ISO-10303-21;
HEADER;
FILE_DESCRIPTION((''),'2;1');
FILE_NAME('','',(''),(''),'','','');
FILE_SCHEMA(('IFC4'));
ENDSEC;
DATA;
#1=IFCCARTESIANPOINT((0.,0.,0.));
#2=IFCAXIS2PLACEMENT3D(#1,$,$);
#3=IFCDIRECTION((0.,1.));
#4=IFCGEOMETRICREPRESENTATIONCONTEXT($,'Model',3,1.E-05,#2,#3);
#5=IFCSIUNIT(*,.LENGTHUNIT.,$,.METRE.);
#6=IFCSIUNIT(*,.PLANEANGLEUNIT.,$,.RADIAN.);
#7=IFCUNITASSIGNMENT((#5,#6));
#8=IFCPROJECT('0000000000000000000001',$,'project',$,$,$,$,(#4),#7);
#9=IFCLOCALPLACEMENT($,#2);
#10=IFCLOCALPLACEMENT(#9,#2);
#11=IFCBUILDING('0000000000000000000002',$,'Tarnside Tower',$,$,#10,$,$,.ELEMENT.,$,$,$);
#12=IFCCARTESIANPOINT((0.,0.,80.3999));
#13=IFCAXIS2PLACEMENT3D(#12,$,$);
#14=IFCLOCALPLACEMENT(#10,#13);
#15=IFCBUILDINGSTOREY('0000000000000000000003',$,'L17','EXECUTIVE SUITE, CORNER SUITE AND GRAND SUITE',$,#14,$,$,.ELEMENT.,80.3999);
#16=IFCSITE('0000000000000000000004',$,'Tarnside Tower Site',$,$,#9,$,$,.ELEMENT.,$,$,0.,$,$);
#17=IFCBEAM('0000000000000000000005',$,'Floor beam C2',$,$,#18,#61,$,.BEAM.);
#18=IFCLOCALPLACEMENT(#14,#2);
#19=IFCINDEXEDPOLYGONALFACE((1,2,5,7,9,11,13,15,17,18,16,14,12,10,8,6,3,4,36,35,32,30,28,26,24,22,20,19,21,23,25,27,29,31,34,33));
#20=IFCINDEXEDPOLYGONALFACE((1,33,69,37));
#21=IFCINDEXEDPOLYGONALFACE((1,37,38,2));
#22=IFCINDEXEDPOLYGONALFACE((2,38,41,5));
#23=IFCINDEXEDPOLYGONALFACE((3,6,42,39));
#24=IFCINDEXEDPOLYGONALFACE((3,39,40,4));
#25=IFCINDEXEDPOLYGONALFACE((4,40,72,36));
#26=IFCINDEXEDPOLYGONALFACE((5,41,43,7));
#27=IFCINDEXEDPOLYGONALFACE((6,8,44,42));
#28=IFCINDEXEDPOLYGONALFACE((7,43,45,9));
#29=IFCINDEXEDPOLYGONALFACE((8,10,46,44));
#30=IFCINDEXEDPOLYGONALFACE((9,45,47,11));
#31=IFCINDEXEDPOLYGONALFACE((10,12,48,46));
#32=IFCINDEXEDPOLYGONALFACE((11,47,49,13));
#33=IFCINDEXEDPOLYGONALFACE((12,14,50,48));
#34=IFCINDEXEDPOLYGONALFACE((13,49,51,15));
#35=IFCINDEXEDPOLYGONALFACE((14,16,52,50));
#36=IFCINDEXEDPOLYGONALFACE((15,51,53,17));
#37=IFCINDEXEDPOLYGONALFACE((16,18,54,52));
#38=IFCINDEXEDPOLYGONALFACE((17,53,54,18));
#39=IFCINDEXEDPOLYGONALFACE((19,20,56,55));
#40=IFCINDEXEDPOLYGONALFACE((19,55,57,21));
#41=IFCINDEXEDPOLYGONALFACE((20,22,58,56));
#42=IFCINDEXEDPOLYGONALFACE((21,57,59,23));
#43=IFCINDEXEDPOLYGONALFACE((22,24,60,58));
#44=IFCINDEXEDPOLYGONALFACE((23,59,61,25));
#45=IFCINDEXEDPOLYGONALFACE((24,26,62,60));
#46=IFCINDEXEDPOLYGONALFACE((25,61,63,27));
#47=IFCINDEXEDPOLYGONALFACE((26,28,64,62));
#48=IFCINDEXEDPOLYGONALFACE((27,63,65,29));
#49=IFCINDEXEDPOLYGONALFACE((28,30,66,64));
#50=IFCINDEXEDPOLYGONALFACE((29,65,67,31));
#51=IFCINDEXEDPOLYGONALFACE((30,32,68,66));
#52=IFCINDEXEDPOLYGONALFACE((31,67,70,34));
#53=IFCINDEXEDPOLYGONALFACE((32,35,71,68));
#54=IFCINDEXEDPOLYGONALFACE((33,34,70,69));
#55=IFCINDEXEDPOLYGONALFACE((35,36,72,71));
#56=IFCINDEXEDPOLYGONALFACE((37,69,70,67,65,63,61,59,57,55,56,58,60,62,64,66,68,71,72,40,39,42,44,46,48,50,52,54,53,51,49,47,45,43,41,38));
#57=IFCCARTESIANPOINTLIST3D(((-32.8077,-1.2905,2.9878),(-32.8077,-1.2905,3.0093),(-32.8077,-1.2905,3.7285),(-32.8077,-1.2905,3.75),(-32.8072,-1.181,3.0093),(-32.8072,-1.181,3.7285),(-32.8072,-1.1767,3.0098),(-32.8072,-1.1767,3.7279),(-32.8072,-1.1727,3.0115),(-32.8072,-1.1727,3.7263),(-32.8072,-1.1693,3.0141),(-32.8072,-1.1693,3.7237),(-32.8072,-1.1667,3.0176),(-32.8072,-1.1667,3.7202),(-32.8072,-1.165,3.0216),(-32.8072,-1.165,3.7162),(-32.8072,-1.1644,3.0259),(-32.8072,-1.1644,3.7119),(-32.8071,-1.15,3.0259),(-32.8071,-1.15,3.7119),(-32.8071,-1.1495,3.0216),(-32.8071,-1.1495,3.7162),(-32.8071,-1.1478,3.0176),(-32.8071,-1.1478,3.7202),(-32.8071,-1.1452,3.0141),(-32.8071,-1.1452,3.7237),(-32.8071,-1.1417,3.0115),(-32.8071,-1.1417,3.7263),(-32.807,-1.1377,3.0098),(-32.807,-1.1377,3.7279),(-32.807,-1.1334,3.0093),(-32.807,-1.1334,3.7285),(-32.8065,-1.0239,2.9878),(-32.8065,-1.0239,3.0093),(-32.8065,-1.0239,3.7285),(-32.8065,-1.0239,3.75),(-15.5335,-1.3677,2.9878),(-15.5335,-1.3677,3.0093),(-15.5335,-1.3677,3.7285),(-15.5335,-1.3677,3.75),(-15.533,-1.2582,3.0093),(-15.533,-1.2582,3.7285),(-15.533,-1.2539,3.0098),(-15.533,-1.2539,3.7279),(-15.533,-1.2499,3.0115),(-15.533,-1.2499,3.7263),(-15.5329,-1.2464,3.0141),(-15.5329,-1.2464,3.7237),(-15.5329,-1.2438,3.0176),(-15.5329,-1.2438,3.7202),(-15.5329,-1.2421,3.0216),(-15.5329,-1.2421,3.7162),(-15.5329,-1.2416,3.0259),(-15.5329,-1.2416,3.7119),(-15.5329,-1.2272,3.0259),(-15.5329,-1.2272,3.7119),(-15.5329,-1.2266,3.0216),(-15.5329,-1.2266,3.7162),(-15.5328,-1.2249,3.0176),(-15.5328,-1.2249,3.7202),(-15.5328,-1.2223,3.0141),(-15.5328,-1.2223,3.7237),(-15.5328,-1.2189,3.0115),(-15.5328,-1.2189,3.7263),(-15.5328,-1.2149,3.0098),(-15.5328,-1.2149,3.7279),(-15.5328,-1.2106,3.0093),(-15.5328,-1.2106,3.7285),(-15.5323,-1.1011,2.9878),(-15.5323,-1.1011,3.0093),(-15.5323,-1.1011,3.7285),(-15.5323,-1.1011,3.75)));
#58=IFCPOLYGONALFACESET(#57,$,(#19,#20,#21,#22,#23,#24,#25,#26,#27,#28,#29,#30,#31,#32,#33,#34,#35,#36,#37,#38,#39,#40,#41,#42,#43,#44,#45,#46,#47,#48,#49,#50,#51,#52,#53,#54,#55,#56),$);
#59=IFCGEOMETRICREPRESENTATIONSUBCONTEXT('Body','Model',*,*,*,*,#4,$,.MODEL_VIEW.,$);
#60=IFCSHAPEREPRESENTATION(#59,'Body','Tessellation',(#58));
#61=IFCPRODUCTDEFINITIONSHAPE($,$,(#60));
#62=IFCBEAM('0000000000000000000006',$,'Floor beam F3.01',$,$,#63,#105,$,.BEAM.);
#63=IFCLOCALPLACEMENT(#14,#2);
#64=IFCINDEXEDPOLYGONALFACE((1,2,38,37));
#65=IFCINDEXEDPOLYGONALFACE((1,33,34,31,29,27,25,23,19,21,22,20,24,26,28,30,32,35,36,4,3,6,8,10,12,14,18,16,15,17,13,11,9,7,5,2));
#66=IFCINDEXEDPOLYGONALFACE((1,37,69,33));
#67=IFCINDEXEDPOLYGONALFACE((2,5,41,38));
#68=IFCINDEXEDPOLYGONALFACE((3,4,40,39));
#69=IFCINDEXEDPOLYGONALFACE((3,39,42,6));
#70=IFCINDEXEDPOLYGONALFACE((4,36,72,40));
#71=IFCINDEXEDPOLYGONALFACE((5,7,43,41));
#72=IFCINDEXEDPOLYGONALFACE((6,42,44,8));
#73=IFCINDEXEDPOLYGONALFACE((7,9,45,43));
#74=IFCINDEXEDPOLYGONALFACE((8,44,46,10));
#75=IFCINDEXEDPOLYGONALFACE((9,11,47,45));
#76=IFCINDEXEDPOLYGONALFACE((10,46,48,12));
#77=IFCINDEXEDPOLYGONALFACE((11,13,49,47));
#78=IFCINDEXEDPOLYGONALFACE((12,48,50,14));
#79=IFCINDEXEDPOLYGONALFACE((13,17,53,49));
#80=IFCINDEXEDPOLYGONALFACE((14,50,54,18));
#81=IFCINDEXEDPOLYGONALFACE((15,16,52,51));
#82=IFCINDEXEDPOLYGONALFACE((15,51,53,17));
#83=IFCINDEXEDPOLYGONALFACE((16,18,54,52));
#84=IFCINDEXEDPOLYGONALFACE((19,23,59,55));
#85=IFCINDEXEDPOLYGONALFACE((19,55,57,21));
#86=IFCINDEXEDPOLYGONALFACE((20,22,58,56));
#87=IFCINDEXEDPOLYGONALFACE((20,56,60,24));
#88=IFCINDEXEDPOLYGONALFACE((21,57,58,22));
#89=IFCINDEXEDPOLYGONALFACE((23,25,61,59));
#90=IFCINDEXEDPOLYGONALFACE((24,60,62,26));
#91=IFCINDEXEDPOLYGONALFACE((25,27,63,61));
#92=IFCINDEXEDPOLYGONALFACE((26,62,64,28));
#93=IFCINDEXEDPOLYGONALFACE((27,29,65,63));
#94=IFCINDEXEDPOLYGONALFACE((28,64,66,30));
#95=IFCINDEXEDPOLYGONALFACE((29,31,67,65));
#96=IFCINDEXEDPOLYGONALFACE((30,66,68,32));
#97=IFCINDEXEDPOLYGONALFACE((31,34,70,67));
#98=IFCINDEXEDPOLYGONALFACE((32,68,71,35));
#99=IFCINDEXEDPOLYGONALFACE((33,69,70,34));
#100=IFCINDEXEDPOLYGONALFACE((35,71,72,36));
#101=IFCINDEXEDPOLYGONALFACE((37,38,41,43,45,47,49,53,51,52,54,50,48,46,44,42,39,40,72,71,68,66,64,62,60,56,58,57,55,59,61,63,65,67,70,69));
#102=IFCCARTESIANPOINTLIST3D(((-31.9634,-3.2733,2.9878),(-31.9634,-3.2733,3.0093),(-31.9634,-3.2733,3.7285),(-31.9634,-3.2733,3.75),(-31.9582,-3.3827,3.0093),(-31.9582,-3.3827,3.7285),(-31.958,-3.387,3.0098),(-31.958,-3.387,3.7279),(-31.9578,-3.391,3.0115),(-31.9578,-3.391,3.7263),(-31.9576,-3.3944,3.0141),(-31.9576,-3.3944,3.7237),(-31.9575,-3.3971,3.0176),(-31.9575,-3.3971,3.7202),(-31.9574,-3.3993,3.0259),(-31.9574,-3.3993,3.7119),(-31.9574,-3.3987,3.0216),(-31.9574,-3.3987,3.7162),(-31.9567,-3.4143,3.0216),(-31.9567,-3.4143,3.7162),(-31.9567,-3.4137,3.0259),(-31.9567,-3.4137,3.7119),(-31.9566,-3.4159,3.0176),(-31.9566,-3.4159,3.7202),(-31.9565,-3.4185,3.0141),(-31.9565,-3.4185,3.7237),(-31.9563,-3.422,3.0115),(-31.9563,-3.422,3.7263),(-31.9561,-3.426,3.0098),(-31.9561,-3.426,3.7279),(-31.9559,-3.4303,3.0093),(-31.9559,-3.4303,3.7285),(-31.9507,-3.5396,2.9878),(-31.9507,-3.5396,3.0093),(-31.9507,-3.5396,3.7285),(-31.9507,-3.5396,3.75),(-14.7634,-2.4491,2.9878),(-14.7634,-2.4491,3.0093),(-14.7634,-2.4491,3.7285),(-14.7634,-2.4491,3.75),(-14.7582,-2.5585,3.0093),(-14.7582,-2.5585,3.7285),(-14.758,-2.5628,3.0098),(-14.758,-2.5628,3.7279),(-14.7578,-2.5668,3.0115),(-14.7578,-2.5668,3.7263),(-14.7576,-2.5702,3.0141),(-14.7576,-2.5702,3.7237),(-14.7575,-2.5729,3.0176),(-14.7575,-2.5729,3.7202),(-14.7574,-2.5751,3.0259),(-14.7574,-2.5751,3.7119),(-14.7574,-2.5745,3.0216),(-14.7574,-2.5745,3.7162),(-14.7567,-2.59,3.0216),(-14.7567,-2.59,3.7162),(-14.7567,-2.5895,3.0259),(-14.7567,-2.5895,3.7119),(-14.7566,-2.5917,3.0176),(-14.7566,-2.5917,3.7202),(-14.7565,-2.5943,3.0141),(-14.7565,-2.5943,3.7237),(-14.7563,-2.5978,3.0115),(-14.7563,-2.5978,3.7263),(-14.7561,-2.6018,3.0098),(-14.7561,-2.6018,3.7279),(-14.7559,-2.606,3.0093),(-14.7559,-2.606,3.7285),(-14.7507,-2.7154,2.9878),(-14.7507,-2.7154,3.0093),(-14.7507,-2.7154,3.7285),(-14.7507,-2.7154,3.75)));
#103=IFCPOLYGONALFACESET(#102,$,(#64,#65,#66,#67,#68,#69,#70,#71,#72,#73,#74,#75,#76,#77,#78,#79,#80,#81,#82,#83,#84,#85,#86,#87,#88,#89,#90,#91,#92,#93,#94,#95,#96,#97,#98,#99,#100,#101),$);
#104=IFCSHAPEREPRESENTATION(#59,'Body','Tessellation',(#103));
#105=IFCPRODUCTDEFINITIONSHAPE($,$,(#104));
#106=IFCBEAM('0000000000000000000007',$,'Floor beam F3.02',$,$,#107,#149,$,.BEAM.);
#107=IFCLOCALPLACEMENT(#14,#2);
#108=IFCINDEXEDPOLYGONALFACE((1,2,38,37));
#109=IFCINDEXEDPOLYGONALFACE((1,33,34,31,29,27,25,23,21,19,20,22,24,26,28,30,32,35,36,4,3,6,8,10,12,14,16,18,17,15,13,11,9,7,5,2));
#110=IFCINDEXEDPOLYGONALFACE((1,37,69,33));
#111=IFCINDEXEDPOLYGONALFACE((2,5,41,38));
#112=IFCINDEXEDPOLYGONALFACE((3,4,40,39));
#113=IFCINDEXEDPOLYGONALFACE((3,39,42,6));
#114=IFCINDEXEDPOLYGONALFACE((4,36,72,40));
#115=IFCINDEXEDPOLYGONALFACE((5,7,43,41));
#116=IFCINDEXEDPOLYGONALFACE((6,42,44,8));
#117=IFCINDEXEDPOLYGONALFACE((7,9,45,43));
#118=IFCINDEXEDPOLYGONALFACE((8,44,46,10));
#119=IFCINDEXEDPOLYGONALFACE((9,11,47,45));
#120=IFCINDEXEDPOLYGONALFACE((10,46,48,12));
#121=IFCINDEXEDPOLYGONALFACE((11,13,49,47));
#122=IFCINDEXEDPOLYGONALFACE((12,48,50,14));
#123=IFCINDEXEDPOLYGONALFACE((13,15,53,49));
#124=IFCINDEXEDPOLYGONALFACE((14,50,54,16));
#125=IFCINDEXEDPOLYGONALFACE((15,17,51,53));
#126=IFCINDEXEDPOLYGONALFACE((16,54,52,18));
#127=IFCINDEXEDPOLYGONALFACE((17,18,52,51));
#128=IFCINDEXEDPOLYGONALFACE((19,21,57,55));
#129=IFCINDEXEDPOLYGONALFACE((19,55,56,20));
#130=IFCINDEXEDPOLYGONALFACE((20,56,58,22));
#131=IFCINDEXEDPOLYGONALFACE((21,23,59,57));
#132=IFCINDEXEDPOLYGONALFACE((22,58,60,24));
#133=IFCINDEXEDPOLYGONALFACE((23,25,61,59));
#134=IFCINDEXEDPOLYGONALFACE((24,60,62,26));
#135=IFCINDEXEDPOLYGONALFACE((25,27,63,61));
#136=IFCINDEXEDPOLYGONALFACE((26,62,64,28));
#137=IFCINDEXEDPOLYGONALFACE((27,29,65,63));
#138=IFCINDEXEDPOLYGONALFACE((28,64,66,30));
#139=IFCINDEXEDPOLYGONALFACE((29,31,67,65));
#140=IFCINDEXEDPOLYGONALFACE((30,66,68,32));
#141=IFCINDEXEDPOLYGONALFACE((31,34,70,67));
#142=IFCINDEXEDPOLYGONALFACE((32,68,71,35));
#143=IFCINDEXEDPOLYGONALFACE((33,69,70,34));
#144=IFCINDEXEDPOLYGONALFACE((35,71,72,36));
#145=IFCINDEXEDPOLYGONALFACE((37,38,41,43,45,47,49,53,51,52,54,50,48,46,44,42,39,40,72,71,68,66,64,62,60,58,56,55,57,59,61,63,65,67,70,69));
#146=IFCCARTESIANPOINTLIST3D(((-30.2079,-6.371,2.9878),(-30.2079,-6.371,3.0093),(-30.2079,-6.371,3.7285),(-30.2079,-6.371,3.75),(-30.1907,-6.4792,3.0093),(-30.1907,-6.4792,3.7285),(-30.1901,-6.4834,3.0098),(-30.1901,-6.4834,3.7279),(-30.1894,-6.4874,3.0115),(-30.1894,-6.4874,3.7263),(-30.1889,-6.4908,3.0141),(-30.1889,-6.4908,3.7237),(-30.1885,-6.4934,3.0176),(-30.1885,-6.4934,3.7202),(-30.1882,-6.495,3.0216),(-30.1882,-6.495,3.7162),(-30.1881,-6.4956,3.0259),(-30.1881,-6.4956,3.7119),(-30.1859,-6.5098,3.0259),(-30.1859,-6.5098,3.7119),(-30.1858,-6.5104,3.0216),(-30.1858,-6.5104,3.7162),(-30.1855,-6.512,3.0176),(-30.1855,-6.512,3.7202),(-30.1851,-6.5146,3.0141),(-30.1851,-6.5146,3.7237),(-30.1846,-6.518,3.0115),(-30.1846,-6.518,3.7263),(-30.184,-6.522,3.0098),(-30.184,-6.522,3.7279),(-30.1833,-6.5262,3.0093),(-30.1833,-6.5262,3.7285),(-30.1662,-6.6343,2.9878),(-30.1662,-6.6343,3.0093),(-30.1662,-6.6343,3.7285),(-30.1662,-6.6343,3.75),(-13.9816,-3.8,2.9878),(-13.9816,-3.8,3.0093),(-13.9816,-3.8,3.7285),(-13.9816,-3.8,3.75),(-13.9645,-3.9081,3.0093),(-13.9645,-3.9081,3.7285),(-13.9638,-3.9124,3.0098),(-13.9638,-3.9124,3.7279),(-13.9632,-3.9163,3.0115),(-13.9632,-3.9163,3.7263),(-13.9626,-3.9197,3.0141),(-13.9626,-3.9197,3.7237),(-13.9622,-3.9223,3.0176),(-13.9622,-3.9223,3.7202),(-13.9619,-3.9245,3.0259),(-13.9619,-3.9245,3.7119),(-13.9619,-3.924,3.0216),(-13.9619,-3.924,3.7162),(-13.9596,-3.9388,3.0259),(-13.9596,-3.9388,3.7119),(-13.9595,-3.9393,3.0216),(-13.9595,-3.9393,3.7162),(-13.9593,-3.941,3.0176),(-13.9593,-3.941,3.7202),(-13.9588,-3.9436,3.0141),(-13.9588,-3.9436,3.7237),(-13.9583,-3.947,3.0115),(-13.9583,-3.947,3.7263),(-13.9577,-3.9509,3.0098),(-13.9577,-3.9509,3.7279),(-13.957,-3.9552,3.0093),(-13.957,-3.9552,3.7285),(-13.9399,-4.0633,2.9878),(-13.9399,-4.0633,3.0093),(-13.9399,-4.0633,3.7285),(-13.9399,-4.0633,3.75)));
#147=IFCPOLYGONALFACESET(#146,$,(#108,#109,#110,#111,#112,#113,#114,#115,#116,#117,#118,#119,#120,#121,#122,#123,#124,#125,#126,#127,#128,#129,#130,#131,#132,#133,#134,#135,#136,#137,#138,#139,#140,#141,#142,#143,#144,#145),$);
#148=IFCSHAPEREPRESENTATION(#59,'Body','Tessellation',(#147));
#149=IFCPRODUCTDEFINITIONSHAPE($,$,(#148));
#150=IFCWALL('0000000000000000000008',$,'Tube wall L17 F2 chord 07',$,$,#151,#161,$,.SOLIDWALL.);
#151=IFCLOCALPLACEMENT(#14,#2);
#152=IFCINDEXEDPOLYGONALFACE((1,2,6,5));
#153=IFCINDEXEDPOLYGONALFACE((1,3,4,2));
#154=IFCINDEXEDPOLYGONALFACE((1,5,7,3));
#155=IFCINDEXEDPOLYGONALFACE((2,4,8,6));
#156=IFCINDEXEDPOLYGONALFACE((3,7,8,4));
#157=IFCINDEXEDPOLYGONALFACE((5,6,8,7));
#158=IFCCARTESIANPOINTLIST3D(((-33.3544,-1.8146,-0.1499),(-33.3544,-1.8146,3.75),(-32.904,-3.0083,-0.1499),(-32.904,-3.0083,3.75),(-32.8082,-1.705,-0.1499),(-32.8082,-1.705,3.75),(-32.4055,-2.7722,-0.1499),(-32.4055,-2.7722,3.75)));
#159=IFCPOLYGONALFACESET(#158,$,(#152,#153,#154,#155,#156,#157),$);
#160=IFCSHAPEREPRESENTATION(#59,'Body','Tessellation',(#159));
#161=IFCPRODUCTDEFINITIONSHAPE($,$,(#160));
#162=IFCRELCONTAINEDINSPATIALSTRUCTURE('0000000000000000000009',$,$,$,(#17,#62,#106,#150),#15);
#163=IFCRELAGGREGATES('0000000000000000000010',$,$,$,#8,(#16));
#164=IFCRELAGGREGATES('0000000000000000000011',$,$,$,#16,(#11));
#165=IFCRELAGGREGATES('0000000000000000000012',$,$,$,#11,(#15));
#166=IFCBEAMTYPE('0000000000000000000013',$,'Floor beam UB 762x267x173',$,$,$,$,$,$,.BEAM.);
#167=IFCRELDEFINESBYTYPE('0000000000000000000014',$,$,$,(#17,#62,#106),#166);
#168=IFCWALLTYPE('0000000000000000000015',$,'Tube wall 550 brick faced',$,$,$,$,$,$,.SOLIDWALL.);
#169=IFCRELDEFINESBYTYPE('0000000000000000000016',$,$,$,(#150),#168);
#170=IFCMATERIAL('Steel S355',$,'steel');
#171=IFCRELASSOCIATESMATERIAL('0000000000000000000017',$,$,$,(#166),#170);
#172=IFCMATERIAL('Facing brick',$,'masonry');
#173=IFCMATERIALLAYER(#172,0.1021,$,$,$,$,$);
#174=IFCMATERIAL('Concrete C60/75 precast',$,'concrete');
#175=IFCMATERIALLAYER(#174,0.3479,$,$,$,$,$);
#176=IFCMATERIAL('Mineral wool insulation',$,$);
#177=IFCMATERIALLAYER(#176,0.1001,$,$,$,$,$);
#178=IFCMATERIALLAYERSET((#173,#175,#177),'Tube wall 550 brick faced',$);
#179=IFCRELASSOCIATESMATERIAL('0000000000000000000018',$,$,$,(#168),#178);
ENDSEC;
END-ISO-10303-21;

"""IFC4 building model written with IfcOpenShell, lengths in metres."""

from ifc_helpers import new_model, si_unit, direction, frame, origin, origin_2d, place, context, subcontext, project, spatial, polyline, i_section, outline, extrude, material, layer, layer_set, material_profile, profile_set, type_object, element, save


model = new_model("IFC4")

# Units and contexts
model_context = context("Model", 3, precision=1e-05, world=origin(), true_north=direction((0.0, 1.0)))
body_context = subcontext(model_context, "Body", "Model", "MODEL_VIEW")
ifc_project = project(units=[si_unit("LENGTHUNIT", "METRE"), si_unit("PLANEANGLEUNIT", "RADIAN")], contexts=[model_context])

# Site, building, storey
site_placement = place(None, origin())
site = spatial("IfcSite", under=ifc_project, at=site_placement, Name="Tarnside Tower Site", CompositionType="ELEMENT", RefElevation=0.0)
building_placement = place(site_placement, origin())
building = spatial("IfcBuilding", under=site, at=building_placement, Name="Tarnside Tower", CompositionType="ELEMENT")
storey_placement = place(building_placement, frame((0.0, 0.0, 80.3999)))
storey = spatial("IfcBuildingStorey", under=building, at=storey_placement, Name="L17", Description="EXECUTIVE SUITE, CORNER SUITE AND GRAND SUITE", CompositionType="ELEMENT", Elevation=80.3999)

# Beams
ifc_material_1 = material(Name="Steel S355", Category="steel")
ifc_material_profile = material_profile(ifc_material_1, i_section(OverallWidth=0.2666, OverallDepth=0.7622, WebThickness=0.0144, FlangeThickness=0.0215, FilletRadius=0.0166, at=origin_2d()), Name="UB 762x267x173")
ifc_profile_set = profile_set([ifc_material_profile], Name="Steel S355")
beam_type = type_object("IfcBeamType", Name="Floor beam UB 762x267x173", PredefinedType="BEAM", material=ifc_profile_set)
beam_1_placement = place(storey_placement, frame((-32.8071, -1.1572, 3.3689), z_axis=(0.99999, -0.004466, 0.0), x_axis=(0.004466, 0.99999, 0.0)))
element("IfcBeam", 1, at=beam_1_placement, inside=storey, type_object=beam_type, Name="Floor beam C2", PredefinedType="BEAM", context=body_context, shape_type="SweptSolid", body=[
    extrude(i_section(OverallWidth=0.2666, OverallDepth=0.7622, WebThickness=0.0144, FlangeThickness=0.0215, FilletRadius=0.0166, at=origin_2d()), origin(), (0.0, 0.0, 1.0), 17.2744),
])
beam_2_placement = place(storey_placement, frame((-31.957, -3.4065, 3.3689), z_axis=(0.998854, 0.047865, 0.0), x_axis=(-0.047865, 0.998854, 0.0)))
element("IfcBeam", 2, at=beam_2_placement, inside=storey, type_object=beam_type, Name="Floor beam F3.01", PredefinedType="BEAM", context=body_context, shape_type="SweptSolid", body=[
    extrude(i_section(OverallWidth=0.2666, OverallDepth=0.7622, WebThickness=0.0144, FlangeThickness=0.0215, FilletRadius=0.0166, at=origin_2d()), origin(), (0.0, 0.0, 1.0), 17.2197),
])
beam_3_placement = place(storey_placement, frame((-30.187, -6.5027, 3.3689), z_axis=(0.987678, 0.156497, 0.0), x_axis=(-0.156497, 0.987678, 0.0)))
element("IfcBeam", 3, at=beam_3_placement, inside=storey, type_object=beam_type, Name="Floor beam F3.02", PredefinedType="BEAM", context=body_context, shape_type="SweptSolid", body=[
    extrude(i_section(OverallWidth=0.2666, OverallDepth=0.7622, WebThickness=0.0144, FlangeThickness=0.0215, FilletRadius=0.0166, at=origin_2d()), origin(), (0.0, 0.0, 1.0), 16.4287),
])

# Wall
ifc_material_2 = material(Name="Facing brick", Category="masonry")
ifc_layer_1 = layer(ifc_material_2, 0.1021)
ifc_material_3 = material(Name="Concrete C60/75 precast", Category="concrete")
ifc_layer_2 = layer(ifc_material_3, 0.3479)
ifc_material_4 = material(Name="Mineral wool insulation")
ifc_layer_3 = layer(ifc_material_4, 0.1001)
ifc_layer_set_1 = layer_set([ifc_layer_1, ifc_layer_2, ifc_layer_3], Name="Tube wall 550 brick faced")
wall_type = type_object("IfcWallType", Name="Tube wall 550 brick faced", PredefinedType="SOLIDWALL", material=ifc_layer_set_1)
wall_1_placement = place(storey_placement, frame((-33.0813, -1.7598, -0.1499), z_axis=(0.0, 0.0, 1.0), x_axis=(0.353027, -0.935613, 0.0)))
element("IfcWall", 4, at=wall_1_placement, inside=storey, type_object=wall_type, Name="Tube wall L17 F2 chord 07", PredefinedType="SOLIDWALL", context=body_context, shape_type="SweptSolid", body=[
    extrude(outline(polyline([(-0.0452, -0.2749), (1.2307, -0.2749), (1.1858, 0.2749), (0.0452, 0.2749), (-0.0452, -0.2749)])), origin(), (0.0, 0.0, 1.0), 3.8999),
])

save(model, "model.ifc")
